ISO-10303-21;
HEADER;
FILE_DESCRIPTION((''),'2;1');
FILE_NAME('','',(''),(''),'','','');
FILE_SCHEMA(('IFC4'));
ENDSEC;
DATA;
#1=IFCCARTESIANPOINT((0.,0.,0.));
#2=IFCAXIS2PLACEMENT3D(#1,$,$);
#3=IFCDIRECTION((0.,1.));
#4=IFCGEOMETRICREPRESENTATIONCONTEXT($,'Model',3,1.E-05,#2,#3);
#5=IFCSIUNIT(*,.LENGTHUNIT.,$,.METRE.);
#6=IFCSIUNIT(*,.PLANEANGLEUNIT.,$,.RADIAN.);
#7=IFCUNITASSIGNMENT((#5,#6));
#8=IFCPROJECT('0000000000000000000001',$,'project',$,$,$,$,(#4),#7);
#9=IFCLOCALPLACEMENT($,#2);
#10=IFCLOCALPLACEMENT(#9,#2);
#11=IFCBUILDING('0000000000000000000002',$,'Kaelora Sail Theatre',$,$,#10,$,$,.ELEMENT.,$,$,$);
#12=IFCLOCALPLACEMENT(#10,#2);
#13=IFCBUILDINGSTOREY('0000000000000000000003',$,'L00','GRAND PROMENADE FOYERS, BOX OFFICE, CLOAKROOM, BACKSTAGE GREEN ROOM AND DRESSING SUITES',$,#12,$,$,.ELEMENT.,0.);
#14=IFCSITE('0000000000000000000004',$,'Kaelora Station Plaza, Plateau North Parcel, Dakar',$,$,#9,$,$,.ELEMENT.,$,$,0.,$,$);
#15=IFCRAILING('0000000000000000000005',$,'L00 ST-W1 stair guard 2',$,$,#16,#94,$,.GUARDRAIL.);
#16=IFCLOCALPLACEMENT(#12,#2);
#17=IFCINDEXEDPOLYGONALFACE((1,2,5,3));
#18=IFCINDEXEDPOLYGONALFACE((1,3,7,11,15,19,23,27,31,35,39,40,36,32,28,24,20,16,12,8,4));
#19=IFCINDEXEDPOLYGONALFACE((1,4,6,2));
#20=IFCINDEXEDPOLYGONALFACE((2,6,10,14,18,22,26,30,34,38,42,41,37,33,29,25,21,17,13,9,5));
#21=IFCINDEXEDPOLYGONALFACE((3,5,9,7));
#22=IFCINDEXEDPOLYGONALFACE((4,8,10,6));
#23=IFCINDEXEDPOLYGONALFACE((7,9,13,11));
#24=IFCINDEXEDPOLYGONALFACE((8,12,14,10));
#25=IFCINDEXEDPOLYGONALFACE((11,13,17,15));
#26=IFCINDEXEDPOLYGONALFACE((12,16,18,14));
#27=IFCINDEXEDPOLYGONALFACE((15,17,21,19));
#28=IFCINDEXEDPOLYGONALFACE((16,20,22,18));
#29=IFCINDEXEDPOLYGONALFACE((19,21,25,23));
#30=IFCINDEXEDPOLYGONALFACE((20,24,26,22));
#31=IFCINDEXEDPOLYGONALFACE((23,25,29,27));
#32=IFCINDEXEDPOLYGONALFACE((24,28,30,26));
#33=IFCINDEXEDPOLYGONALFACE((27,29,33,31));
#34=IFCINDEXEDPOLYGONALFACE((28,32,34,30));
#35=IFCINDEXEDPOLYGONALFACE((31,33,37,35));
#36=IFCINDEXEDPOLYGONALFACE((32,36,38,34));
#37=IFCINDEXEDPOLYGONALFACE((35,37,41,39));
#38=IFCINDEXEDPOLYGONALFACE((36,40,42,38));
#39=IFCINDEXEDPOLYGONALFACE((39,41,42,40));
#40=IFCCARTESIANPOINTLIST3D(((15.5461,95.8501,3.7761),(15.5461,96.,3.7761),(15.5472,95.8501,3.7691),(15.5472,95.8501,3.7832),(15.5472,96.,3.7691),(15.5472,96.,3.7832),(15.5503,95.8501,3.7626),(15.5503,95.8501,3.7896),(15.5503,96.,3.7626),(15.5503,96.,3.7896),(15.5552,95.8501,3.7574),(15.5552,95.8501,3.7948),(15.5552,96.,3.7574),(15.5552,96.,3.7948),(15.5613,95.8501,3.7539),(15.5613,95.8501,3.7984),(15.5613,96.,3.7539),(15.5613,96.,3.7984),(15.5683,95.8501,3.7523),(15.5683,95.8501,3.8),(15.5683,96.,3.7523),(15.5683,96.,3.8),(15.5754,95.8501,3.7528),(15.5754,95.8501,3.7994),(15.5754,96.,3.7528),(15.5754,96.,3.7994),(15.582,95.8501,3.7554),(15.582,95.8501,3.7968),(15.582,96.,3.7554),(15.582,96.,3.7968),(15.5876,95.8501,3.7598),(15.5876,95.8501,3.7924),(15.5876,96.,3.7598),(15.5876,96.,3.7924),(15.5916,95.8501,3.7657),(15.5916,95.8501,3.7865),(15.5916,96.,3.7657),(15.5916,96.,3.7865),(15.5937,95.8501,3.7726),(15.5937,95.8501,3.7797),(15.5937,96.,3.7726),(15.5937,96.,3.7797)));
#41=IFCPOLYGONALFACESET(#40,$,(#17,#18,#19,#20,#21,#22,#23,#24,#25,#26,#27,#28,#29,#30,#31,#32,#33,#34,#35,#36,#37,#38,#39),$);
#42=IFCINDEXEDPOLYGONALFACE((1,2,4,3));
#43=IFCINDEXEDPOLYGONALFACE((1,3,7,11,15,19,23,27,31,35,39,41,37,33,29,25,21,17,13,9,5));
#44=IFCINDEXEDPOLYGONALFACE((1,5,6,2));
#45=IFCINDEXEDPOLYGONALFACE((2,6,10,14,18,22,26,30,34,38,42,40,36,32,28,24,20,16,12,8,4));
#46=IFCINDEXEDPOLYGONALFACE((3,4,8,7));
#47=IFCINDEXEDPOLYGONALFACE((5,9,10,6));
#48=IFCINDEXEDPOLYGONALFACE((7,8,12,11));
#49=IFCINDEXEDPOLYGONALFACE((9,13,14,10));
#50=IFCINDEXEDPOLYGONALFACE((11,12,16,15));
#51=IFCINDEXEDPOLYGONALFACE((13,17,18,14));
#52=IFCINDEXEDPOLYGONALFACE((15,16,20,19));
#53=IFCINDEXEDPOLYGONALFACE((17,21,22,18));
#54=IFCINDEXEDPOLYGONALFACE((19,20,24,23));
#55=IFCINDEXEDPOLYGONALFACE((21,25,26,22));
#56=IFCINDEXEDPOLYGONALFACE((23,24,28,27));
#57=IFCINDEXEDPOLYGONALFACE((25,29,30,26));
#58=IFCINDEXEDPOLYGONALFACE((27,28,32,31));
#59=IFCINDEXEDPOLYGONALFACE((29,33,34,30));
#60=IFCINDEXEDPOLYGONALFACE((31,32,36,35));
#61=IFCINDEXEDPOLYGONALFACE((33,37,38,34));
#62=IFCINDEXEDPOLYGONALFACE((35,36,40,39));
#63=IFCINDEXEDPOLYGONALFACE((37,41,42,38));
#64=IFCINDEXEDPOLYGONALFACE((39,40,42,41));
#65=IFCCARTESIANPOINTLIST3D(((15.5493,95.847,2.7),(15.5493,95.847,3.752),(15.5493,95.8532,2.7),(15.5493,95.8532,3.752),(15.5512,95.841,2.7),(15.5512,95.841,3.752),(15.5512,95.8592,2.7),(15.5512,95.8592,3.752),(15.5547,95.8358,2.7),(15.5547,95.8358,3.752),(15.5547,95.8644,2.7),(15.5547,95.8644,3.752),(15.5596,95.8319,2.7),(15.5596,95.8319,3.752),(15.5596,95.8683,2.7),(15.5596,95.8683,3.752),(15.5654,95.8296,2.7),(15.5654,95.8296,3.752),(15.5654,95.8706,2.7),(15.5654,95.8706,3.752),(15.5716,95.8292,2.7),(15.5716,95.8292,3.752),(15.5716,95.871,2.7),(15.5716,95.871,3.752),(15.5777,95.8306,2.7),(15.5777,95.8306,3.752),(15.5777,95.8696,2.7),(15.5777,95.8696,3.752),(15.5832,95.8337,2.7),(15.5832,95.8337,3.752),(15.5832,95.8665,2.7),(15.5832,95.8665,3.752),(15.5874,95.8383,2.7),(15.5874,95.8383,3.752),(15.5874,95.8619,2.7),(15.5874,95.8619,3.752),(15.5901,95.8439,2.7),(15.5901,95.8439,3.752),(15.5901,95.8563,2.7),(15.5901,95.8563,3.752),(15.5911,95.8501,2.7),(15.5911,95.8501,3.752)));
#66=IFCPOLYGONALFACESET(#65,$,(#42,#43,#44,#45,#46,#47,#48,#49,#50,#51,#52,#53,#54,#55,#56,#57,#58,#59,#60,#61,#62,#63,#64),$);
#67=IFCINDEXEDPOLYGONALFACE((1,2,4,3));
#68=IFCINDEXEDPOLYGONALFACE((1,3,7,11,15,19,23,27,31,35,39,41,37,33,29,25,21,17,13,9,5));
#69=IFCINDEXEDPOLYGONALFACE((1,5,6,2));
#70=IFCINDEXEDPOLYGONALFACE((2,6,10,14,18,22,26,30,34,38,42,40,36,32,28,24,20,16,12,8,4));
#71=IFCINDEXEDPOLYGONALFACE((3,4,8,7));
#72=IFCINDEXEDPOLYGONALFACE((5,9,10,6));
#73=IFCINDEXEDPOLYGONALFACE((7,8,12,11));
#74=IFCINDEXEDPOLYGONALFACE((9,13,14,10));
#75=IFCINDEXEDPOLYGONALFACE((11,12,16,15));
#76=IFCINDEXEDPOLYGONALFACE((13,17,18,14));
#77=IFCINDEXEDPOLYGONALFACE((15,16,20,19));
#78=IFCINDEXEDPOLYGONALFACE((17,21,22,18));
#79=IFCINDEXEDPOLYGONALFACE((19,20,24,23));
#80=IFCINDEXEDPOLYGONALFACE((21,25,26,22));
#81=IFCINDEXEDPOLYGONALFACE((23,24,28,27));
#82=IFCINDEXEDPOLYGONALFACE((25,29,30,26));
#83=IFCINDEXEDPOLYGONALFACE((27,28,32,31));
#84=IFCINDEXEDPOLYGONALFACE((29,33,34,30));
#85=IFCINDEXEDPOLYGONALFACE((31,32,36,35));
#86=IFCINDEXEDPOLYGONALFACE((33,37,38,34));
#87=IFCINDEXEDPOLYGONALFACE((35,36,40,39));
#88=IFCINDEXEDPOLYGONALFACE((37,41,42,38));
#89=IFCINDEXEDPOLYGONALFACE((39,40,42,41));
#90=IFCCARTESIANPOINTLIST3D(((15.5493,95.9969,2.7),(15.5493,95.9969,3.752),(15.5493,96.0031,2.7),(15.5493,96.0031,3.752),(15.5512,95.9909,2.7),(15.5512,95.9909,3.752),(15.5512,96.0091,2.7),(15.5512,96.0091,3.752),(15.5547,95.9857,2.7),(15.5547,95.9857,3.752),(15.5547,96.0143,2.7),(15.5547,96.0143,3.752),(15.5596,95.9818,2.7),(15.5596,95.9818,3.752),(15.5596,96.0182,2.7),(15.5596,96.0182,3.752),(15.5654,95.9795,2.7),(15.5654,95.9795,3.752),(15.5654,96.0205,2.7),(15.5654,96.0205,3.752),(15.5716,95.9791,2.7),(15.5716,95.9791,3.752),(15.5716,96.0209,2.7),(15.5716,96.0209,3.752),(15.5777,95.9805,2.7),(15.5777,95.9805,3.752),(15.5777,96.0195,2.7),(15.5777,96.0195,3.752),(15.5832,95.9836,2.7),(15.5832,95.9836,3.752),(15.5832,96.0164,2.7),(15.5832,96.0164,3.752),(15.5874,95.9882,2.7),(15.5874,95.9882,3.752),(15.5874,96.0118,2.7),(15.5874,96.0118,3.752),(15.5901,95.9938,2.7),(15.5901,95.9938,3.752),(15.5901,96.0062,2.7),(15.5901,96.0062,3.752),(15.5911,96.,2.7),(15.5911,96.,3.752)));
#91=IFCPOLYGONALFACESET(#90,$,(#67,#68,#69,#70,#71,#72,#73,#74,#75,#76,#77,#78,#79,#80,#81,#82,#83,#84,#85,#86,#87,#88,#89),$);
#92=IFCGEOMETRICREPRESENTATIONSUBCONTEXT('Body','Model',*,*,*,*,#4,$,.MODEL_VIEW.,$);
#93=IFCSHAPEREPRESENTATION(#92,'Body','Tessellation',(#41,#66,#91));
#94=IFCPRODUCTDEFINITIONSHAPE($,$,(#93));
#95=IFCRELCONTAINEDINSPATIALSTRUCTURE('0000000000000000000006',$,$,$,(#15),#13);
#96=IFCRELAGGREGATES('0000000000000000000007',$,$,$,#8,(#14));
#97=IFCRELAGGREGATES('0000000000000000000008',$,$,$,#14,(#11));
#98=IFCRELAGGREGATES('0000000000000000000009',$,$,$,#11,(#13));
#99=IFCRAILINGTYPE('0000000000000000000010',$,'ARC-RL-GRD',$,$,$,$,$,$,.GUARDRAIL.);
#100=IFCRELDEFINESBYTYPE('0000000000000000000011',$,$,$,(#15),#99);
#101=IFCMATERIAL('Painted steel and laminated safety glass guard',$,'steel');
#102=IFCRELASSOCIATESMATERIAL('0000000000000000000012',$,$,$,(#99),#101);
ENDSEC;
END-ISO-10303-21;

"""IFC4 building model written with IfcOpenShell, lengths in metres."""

from ifc_helpers import new_model, si_unit, direction, frame, origin, origin_2d, place, context, subcontext, project, spatial, circle, extrude, material, type_object, element, save


model = new_model("IFC4")

# Units and contexts
model_context = context("Model", 3, precision=1e-05, world=origin(), true_north=direction((0.0, 1.0)))
body_context = subcontext(model_context, "Body", "Model", "MODEL_VIEW")
ifc_project = project(units=[si_unit("LENGTHUNIT", "METRE"), si_unit("PLANEANGLEUNIT", "RADIAN")], contexts=[model_context])

# Site, building, storey
site_placement = place(None, origin())
site = spatial("IfcSite", under=ifc_project, at=site_placement, Name="Kaelora Station Plaza, Plateau North Parcel, Dakar", CompositionType="ELEMENT", RefElevation=0.0)
building_placement = place(site_placement, origin())
building = spatial("IfcBuilding", under=site, at=building_placement, Name="Kaelora Sail Theatre", CompositionType="ELEMENT")
storey_placement = place(building_placement, origin())
storey = spatial("IfcBuildingStorey", under=building, at=storey_placement, Name="L00", Description="GRAND PROMENADE FOYERS, BOX OFFICE, CLOAKROOM, BACKSTAGE GREEN ROOM AND DRESSING SUITES", CompositionType="ELEMENT", Elevation=0.0)

# Railing
ifc_material_1 = material(Name="Painted steel and laminated safety glass guard", Category="steel")
railing_type_1 = type_object("IfcRailingType", Name="ARC-RL-GRD", PredefinedType="GUARDRAIL", material=ifc_material_1)
railing_1_placement = place(storey_placement, frame((15.5701, 95.8501, 2.7)))
element("IfcRailing", 1, at=railing_1_placement, inside=storey, type_object=railing_type_1, Name="L00 ST-W1 stair guard 2", PredefinedType="GUARDRAIL", context=body_context, shape_type="SweptSolid", body=[
    extrude(circle(Radius=0.0239, at=origin_2d()), frame((0.0, 0.0, 1.0762), z_axis=(0.0, 1.0, 0.0), x_axis=(-1.0, 0.0, 0.0)), (0.0, 0.0, 1.0), 0.1499),
    extrude(circle(Radius=0.021, at=origin_2d()), origin(), (0.0, 0.0, 1.0), 1.052),
    extrude(circle(Radius=0.021, at=origin_2d()), frame((0.0, 0.1499, 0.0)), (0.0, 0.0, 1.0), 1.052),
])

save(model, "model.ifc")
